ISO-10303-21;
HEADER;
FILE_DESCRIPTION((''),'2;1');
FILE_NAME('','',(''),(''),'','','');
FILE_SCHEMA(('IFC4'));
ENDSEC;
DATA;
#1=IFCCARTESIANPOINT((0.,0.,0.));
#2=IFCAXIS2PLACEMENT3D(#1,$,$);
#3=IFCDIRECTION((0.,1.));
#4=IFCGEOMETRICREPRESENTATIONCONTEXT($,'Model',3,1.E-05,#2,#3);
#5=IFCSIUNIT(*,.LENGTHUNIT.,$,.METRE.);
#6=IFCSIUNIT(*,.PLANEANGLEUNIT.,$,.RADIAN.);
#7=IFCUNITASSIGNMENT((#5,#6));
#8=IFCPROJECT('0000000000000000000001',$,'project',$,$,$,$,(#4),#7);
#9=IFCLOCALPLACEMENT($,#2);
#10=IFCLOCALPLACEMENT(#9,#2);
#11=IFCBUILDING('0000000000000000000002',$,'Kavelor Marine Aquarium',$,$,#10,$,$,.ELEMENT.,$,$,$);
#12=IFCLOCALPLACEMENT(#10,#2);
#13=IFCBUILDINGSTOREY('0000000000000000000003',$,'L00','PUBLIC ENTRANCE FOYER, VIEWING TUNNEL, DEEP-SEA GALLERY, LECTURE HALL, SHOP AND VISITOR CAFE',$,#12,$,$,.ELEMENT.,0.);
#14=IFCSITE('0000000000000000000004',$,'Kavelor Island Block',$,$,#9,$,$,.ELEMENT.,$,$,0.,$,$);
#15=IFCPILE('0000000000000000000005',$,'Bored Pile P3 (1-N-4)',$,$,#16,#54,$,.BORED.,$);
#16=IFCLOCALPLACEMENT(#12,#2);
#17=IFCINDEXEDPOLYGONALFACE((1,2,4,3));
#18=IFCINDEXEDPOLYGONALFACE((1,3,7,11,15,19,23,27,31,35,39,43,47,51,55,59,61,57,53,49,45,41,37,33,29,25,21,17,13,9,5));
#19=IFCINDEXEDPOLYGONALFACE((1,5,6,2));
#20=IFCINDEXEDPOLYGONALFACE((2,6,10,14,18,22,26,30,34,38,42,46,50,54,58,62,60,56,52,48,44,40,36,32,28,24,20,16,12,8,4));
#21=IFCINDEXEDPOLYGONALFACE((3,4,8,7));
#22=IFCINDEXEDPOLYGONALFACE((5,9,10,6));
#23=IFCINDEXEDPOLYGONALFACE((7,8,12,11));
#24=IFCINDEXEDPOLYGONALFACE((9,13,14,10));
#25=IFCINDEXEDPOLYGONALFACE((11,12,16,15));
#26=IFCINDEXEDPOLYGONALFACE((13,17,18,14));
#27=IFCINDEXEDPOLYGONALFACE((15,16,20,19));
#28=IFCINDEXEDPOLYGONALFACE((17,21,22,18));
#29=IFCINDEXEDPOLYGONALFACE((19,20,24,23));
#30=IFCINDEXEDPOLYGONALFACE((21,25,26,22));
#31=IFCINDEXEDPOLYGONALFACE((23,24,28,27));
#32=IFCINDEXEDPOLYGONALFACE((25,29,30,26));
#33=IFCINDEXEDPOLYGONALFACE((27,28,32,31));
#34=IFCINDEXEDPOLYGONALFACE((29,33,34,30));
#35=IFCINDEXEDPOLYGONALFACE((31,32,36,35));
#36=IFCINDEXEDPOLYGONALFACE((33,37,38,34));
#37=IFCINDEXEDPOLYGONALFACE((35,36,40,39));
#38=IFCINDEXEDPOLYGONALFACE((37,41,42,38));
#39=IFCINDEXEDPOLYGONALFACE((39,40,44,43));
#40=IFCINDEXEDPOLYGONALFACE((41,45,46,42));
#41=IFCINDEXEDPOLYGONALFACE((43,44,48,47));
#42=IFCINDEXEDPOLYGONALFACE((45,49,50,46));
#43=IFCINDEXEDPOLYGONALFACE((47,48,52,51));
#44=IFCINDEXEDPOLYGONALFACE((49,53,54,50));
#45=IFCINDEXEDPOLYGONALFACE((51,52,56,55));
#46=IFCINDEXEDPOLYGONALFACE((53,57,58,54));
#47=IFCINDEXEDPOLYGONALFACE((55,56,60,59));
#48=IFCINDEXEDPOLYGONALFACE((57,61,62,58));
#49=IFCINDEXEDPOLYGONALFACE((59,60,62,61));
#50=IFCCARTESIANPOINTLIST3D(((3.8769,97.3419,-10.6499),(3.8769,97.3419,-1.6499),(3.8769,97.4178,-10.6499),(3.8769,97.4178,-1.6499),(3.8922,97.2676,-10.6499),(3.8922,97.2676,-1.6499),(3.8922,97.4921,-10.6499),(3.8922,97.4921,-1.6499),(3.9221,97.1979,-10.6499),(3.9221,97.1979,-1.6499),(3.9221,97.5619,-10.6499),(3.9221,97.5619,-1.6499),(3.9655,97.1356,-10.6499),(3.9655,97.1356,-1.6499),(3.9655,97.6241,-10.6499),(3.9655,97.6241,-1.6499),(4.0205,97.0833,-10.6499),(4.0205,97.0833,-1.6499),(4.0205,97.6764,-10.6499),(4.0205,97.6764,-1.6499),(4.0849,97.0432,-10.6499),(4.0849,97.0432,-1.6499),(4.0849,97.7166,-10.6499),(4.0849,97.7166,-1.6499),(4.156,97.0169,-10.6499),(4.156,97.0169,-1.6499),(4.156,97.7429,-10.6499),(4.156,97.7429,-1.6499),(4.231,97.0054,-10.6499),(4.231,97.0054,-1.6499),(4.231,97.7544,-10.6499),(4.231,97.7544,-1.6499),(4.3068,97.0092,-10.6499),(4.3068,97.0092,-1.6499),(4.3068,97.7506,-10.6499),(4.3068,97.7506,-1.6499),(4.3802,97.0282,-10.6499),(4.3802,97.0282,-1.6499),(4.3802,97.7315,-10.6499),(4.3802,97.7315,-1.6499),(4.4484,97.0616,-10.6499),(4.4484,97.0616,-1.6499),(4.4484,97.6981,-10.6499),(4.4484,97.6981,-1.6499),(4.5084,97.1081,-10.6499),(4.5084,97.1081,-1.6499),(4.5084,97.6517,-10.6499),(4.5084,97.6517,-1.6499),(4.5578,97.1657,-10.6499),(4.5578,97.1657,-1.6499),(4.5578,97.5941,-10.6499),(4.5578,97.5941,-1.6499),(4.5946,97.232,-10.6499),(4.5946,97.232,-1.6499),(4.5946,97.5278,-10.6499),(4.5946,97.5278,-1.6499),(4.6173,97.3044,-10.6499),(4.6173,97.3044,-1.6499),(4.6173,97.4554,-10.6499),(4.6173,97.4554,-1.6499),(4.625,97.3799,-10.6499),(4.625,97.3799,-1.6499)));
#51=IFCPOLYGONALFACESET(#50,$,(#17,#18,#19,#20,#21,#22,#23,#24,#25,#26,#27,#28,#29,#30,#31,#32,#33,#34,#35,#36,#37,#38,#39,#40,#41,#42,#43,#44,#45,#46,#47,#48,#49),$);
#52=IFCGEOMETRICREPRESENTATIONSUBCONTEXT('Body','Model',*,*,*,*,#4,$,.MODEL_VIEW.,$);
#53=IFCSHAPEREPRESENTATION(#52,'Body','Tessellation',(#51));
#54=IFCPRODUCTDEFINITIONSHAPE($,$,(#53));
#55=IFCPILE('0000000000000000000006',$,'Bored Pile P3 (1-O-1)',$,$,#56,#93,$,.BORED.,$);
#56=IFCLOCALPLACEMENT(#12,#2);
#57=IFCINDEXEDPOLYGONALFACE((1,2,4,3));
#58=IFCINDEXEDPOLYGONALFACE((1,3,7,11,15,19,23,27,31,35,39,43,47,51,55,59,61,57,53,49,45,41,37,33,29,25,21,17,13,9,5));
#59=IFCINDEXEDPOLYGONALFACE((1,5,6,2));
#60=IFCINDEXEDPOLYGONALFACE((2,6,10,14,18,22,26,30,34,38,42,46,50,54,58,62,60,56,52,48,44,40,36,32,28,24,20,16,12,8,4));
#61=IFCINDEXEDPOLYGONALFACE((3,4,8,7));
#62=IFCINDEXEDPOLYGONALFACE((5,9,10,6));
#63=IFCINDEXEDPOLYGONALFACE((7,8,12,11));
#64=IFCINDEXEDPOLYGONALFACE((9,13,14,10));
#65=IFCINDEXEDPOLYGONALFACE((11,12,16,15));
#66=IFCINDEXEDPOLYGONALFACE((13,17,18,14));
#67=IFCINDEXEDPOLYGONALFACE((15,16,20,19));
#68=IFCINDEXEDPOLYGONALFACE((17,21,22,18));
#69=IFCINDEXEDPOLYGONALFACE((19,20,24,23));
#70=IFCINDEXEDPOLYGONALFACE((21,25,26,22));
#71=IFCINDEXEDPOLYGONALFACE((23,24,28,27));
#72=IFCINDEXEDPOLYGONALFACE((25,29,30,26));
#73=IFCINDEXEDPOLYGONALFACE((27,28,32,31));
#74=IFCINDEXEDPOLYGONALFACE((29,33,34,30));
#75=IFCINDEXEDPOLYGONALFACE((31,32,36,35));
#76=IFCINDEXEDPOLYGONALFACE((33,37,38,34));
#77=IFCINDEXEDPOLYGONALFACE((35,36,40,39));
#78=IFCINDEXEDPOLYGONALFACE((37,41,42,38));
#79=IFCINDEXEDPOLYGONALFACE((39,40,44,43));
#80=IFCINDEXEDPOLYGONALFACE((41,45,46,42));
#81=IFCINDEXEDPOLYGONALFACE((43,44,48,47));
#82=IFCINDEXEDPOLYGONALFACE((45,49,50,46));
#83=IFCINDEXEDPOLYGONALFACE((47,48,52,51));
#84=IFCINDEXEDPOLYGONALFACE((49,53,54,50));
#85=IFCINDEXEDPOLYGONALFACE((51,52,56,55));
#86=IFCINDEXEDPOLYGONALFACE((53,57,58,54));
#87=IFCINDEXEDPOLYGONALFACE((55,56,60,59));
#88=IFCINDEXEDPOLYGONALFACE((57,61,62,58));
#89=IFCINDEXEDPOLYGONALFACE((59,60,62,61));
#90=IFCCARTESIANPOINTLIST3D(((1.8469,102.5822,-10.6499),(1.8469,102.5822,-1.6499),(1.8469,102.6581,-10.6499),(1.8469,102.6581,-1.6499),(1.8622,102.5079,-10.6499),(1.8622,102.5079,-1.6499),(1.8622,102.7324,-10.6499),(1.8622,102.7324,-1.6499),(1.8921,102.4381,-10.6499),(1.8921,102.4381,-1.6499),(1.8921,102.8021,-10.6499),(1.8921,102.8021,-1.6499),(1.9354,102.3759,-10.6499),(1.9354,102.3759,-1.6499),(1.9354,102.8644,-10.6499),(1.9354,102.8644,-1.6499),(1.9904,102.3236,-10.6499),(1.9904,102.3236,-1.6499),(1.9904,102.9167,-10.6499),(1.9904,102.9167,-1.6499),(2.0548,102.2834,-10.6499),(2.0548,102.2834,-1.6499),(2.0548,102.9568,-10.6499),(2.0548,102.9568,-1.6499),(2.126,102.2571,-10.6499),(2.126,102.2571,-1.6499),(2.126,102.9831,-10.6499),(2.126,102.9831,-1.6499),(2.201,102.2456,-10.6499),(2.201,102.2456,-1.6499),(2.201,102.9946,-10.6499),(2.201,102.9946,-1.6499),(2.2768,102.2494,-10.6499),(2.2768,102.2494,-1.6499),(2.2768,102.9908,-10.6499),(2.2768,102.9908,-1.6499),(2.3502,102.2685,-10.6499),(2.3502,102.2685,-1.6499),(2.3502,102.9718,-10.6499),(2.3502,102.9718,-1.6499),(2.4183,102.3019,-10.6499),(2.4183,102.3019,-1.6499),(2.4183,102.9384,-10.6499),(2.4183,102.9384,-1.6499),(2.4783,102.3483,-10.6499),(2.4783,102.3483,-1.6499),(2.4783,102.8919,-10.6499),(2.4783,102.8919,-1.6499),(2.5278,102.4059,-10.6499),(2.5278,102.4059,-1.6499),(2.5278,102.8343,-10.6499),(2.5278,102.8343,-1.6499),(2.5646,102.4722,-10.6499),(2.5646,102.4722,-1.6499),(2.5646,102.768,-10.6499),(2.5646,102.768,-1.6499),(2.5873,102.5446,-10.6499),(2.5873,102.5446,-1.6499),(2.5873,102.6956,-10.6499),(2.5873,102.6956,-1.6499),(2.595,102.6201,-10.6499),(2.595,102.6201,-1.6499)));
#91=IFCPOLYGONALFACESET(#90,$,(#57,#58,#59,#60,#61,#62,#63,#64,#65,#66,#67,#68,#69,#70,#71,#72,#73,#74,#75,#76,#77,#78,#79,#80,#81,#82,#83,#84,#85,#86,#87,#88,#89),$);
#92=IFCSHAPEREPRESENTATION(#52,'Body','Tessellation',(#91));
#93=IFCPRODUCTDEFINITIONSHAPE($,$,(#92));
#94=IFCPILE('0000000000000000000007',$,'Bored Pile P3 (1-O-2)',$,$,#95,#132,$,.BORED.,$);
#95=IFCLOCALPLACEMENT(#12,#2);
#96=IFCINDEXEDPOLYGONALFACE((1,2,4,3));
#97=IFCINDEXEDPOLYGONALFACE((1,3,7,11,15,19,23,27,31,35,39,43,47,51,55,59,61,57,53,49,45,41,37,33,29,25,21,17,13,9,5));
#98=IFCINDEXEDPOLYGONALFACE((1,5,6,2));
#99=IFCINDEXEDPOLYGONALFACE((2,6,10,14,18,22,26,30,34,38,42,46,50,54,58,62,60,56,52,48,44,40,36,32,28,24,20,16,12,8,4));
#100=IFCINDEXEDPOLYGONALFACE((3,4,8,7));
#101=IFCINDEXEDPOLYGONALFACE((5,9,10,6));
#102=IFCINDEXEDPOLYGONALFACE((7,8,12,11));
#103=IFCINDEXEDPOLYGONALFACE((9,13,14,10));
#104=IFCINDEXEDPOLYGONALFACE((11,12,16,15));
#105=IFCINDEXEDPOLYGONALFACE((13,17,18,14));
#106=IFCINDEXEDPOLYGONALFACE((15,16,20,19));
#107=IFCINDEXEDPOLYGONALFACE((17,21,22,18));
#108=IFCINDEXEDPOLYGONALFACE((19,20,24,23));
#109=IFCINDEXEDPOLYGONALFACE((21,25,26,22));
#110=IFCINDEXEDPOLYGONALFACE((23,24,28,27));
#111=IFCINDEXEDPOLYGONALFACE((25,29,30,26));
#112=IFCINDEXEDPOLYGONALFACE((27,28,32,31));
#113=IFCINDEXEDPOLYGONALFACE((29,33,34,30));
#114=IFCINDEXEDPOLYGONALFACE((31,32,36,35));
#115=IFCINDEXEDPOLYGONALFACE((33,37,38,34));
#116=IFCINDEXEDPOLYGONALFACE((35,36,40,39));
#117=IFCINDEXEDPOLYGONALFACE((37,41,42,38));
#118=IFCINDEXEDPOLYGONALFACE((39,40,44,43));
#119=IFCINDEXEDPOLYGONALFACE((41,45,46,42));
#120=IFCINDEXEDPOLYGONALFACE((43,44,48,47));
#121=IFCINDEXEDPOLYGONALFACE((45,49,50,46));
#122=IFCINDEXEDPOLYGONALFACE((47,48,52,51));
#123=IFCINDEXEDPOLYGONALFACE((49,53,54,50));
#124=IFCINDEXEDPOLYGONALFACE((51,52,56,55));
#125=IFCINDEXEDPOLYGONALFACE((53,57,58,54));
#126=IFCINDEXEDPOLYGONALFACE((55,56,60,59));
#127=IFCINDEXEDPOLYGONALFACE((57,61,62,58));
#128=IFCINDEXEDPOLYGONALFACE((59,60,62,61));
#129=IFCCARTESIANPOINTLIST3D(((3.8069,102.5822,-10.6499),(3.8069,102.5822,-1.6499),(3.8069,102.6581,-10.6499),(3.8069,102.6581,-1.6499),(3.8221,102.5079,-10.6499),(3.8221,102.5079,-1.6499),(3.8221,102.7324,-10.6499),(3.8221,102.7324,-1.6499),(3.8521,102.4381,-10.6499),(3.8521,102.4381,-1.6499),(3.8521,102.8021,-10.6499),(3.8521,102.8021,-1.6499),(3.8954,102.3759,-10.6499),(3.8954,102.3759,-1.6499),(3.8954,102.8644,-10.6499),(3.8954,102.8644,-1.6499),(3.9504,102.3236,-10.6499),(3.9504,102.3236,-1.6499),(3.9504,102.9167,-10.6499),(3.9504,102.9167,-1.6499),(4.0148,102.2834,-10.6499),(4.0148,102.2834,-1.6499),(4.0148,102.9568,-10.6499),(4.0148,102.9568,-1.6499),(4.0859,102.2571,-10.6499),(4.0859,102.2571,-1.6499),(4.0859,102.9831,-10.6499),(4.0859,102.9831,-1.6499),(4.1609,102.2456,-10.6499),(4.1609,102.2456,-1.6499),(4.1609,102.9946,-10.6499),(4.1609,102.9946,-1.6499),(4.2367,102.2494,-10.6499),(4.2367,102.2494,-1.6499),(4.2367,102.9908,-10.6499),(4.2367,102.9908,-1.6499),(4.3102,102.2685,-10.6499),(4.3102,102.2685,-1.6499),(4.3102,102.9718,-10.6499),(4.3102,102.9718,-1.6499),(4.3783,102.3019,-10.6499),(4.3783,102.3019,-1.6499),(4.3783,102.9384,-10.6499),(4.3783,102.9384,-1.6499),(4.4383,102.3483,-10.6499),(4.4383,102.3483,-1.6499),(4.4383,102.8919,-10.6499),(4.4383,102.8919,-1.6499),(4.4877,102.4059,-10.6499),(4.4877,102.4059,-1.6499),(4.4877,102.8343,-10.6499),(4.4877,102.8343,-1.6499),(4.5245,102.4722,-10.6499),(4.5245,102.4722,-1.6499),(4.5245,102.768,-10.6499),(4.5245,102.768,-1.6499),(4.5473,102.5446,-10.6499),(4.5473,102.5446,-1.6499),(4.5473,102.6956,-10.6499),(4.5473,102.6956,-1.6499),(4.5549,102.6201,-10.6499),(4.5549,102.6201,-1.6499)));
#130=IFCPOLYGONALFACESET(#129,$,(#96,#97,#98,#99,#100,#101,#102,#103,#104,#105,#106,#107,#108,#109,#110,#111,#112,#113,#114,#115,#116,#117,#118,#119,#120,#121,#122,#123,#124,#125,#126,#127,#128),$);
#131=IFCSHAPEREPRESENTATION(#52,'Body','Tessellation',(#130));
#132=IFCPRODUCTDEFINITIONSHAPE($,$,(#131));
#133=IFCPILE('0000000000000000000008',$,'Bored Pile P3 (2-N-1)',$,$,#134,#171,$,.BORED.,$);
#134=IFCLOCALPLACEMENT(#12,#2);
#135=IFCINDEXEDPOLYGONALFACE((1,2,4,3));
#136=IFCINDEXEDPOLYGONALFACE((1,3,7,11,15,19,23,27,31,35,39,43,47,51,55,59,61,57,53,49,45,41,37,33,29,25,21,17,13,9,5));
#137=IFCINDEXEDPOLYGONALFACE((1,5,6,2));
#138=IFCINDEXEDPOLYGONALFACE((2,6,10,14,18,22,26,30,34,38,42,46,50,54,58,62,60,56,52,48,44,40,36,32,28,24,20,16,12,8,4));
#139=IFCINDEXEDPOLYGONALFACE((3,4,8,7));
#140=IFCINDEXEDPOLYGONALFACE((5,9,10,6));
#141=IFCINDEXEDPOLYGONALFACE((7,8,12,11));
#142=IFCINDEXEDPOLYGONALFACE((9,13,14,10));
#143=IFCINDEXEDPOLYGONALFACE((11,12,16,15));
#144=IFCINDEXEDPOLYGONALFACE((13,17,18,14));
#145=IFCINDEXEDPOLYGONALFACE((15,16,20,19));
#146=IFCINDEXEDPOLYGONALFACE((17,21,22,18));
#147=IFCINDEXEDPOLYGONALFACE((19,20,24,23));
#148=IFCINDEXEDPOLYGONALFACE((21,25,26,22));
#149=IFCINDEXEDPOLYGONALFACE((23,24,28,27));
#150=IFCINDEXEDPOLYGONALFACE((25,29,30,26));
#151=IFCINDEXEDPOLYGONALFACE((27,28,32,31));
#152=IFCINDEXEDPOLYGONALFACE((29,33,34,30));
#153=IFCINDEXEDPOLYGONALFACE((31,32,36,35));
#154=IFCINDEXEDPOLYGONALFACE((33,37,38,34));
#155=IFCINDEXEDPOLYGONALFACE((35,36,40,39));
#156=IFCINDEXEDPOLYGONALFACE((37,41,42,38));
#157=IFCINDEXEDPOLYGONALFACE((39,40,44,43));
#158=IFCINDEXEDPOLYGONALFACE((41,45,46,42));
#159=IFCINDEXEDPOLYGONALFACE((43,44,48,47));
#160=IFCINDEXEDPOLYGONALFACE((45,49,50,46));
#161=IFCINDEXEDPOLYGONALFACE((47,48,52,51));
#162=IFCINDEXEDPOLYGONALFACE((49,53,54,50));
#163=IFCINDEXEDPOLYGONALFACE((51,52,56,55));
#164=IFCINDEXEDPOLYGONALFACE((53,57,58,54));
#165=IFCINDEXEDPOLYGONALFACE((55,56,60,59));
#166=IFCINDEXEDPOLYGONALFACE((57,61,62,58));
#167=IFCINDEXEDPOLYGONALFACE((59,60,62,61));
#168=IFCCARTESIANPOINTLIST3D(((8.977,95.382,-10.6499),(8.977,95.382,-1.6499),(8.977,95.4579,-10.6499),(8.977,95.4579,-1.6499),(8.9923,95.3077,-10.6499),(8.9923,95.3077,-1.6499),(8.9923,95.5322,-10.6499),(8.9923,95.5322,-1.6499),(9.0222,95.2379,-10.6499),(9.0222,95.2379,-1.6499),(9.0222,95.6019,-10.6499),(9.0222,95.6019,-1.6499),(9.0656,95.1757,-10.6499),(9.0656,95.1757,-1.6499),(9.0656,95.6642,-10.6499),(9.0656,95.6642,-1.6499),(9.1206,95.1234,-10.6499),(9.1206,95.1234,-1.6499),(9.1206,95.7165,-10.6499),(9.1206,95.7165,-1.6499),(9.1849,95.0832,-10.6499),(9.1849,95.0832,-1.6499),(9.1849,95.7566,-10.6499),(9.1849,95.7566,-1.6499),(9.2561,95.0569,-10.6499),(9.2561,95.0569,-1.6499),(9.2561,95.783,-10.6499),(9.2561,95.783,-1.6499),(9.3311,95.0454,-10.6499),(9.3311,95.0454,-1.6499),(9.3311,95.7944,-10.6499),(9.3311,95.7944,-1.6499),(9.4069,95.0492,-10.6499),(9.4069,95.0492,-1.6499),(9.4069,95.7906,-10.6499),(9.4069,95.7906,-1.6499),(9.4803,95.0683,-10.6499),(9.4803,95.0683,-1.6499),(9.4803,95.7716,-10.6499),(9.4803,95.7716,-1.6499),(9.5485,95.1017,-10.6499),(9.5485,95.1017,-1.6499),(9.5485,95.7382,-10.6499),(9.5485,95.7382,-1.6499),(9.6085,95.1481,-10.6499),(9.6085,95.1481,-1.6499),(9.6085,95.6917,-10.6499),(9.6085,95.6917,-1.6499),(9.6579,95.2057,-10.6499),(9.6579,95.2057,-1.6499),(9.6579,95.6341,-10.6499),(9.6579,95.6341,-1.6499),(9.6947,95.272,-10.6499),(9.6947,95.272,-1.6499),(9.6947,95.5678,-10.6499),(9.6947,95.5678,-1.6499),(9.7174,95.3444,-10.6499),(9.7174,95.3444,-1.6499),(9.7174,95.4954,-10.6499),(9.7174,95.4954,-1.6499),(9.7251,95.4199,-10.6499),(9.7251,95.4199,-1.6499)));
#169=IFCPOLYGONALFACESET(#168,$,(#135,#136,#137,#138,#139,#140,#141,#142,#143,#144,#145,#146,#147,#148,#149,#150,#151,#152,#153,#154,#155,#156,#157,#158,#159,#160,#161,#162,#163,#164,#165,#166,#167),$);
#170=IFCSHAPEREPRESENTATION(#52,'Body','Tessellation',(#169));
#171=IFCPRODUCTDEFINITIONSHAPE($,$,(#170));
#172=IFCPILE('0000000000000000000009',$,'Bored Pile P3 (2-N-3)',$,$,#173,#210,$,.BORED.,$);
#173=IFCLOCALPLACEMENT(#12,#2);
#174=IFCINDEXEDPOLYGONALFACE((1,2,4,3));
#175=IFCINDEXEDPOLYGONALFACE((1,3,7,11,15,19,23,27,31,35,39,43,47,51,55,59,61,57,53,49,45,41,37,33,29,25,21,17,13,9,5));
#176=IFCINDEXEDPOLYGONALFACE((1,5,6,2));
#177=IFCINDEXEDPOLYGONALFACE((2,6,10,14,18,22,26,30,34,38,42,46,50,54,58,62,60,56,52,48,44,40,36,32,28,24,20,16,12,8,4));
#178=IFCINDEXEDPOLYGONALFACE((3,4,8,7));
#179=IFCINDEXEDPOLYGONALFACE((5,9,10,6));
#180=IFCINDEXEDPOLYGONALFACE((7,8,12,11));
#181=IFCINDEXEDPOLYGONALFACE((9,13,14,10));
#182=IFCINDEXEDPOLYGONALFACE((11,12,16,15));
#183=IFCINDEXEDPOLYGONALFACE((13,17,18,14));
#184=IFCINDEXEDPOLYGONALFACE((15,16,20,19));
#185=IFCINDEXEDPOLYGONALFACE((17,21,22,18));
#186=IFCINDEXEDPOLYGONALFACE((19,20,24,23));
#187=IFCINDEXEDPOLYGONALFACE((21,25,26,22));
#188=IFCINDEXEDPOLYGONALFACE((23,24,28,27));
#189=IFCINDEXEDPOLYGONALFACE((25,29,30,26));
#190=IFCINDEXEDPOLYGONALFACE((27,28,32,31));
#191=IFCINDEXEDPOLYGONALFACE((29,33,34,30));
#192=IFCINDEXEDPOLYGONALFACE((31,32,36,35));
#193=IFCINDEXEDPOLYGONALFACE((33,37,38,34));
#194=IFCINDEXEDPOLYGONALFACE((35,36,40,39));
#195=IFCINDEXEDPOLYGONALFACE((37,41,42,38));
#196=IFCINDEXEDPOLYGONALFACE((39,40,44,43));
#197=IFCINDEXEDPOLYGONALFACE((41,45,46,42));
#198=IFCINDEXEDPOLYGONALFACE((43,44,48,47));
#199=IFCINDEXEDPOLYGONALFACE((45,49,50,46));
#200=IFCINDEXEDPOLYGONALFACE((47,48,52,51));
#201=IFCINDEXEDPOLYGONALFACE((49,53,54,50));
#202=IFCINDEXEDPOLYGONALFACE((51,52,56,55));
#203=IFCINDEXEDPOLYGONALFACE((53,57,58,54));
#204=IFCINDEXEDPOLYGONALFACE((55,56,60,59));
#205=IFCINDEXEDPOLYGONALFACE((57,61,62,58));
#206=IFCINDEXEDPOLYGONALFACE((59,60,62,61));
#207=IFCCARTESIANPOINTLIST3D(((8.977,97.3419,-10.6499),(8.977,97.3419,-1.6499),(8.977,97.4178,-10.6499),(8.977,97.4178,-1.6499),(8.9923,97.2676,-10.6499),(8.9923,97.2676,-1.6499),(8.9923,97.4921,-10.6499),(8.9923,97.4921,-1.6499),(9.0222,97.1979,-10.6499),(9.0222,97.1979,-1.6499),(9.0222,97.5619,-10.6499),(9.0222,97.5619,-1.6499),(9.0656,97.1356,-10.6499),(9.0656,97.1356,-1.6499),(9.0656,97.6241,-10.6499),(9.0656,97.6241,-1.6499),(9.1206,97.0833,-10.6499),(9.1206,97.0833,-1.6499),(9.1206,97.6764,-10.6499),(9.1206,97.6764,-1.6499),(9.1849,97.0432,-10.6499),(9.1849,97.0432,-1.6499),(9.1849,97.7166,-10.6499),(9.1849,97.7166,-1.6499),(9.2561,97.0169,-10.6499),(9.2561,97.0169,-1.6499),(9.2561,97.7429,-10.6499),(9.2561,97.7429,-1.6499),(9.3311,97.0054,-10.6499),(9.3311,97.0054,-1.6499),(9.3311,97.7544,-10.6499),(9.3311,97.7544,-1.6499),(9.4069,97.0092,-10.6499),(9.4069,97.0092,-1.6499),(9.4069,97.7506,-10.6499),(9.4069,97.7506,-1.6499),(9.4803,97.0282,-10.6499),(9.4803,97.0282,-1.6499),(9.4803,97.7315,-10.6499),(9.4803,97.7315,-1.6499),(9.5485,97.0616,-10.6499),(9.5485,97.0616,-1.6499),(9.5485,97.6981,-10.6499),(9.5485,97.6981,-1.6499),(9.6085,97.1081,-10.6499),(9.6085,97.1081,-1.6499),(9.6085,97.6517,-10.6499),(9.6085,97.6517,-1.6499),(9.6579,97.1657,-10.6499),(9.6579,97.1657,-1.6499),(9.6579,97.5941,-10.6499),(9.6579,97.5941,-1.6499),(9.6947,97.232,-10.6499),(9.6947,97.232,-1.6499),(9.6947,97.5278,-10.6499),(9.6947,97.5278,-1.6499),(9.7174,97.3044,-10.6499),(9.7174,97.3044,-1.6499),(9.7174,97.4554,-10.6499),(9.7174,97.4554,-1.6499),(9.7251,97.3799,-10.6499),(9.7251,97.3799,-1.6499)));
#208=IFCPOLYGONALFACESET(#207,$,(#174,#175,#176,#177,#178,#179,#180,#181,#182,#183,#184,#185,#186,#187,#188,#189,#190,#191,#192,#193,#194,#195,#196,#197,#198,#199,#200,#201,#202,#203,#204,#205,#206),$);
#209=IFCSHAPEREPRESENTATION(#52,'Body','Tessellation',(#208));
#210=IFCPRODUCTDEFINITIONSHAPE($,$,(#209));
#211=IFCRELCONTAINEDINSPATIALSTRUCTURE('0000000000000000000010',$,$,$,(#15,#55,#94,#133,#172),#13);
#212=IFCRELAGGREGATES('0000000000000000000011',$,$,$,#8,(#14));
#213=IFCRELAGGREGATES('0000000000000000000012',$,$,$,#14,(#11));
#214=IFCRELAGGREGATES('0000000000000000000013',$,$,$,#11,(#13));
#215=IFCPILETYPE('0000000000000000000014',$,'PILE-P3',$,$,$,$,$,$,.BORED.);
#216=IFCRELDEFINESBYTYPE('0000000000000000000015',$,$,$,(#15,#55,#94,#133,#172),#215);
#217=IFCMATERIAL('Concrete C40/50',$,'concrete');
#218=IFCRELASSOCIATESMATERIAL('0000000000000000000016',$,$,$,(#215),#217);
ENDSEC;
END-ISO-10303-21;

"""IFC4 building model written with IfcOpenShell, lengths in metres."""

from ifc_helpers import new_model, si_unit, direction, frame, origin, origin_2d, place, context, subcontext, project, spatial, circle, extrude, material, material_profile, profile_set, type_object, element, save


model = new_model("IFC4")

# Units and contexts
model_context = context("Model", 3, precision=1e-05, world=origin(), true_north=direction((0.0, 1.0)))
body_context = subcontext(model_context, "Body", "Model", "MODEL_VIEW")
ifc_project = project(units=[si_unit("LENGTHUNIT", "METRE"), si_unit("PLANEANGLEUNIT", "RADIAN")], contexts=[model_context])

# Site, building, storey
site_placement = place(None, origin())
site = spatial("IfcSite", under=ifc_project, at=site_placement, Name="Kavelor Island Block", CompositionType="ELEMENT", RefElevation=0.0)
building_placement = place(site_placement, origin())
building = spatial("IfcBuilding", under=site, at=building_placement, Name="Kavelor Marine Aquarium", CompositionType="ELEMENT")
storey_placement = place(building_placement, origin())
storey = spatial("IfcBuildingStorey", under=building, at=storey_placement, Name="L00", Description="PUBLIC ENTRANCE FOYER, VIEWING TUNNEL, DEEP-SEA GALLERY, LECTURE HALL, SHOP AND VISITOR CAFE", CompositionType="ELEMENT", Elevation=0.0)

# Piles
ifc_material_1 = material(Name="Concrete C40/50", Category="concrete")
ifc_material_profile_1 = material_profile(ifc_material_1, circle(Radius=0.375, at=origin_2d()), Name="PILE D750")
ifc_profile_set_1 = profile_set([ifc_material_profile_1], Name="Concrete C40/50")
pile_type = type_object("IfcPileType", Name="PILE-P3", PredefinedType="BORED", material=ifc_profile_set_1)
for number, where, z_axis, x_axis, name in (
    (1, (4.25, 97.3799, -1.6499), (0.0, 0.0, -1.0), (1.0, 0.0, 0.0), "Bored Pile P3 (1-N-4)"),
    (2, (2.22, 102.6201, -1.6499), (0.0, 0.0, -1.0), (1.0, 0.0, 0.0), "Bored Pile P3 (1-O-1)"),
    (3, (4.1799, 102.6201, -1.6499), (0.0, 0.0, -1.0), (1.0, 0.0, 0.0), "Bored Pile P3 (1-O-2)"),
    (4, (9.3501, 95.4199, -1.6499), (0.0, 0.0, -1.0), (1.0, 0.0, 0.0), "Bored Pile P3 (2-N-1)"),
    (5, (9.3501, 97.3799, -1.6499), (0.0, 0.0, -1.0), (1.0, 0.0, 0.0), "Bored Pile P3 (2-N-3)"),
):
    element("IfcPile", number, at=place(storey_placement, frame(where, z_axis=z_axis, x_axis=x_axis)), inside=storey, type_object=pile_type, Name=name, PredefinedType="BORED", context=body_context, shape_type="SweptSolid", body=[
        extrude(circle(Radius=0.375, at=origin_2d()), origin(), (0.0, 0.0, 1.0), 9.0),
    ])

save(model, "model.ifc")
